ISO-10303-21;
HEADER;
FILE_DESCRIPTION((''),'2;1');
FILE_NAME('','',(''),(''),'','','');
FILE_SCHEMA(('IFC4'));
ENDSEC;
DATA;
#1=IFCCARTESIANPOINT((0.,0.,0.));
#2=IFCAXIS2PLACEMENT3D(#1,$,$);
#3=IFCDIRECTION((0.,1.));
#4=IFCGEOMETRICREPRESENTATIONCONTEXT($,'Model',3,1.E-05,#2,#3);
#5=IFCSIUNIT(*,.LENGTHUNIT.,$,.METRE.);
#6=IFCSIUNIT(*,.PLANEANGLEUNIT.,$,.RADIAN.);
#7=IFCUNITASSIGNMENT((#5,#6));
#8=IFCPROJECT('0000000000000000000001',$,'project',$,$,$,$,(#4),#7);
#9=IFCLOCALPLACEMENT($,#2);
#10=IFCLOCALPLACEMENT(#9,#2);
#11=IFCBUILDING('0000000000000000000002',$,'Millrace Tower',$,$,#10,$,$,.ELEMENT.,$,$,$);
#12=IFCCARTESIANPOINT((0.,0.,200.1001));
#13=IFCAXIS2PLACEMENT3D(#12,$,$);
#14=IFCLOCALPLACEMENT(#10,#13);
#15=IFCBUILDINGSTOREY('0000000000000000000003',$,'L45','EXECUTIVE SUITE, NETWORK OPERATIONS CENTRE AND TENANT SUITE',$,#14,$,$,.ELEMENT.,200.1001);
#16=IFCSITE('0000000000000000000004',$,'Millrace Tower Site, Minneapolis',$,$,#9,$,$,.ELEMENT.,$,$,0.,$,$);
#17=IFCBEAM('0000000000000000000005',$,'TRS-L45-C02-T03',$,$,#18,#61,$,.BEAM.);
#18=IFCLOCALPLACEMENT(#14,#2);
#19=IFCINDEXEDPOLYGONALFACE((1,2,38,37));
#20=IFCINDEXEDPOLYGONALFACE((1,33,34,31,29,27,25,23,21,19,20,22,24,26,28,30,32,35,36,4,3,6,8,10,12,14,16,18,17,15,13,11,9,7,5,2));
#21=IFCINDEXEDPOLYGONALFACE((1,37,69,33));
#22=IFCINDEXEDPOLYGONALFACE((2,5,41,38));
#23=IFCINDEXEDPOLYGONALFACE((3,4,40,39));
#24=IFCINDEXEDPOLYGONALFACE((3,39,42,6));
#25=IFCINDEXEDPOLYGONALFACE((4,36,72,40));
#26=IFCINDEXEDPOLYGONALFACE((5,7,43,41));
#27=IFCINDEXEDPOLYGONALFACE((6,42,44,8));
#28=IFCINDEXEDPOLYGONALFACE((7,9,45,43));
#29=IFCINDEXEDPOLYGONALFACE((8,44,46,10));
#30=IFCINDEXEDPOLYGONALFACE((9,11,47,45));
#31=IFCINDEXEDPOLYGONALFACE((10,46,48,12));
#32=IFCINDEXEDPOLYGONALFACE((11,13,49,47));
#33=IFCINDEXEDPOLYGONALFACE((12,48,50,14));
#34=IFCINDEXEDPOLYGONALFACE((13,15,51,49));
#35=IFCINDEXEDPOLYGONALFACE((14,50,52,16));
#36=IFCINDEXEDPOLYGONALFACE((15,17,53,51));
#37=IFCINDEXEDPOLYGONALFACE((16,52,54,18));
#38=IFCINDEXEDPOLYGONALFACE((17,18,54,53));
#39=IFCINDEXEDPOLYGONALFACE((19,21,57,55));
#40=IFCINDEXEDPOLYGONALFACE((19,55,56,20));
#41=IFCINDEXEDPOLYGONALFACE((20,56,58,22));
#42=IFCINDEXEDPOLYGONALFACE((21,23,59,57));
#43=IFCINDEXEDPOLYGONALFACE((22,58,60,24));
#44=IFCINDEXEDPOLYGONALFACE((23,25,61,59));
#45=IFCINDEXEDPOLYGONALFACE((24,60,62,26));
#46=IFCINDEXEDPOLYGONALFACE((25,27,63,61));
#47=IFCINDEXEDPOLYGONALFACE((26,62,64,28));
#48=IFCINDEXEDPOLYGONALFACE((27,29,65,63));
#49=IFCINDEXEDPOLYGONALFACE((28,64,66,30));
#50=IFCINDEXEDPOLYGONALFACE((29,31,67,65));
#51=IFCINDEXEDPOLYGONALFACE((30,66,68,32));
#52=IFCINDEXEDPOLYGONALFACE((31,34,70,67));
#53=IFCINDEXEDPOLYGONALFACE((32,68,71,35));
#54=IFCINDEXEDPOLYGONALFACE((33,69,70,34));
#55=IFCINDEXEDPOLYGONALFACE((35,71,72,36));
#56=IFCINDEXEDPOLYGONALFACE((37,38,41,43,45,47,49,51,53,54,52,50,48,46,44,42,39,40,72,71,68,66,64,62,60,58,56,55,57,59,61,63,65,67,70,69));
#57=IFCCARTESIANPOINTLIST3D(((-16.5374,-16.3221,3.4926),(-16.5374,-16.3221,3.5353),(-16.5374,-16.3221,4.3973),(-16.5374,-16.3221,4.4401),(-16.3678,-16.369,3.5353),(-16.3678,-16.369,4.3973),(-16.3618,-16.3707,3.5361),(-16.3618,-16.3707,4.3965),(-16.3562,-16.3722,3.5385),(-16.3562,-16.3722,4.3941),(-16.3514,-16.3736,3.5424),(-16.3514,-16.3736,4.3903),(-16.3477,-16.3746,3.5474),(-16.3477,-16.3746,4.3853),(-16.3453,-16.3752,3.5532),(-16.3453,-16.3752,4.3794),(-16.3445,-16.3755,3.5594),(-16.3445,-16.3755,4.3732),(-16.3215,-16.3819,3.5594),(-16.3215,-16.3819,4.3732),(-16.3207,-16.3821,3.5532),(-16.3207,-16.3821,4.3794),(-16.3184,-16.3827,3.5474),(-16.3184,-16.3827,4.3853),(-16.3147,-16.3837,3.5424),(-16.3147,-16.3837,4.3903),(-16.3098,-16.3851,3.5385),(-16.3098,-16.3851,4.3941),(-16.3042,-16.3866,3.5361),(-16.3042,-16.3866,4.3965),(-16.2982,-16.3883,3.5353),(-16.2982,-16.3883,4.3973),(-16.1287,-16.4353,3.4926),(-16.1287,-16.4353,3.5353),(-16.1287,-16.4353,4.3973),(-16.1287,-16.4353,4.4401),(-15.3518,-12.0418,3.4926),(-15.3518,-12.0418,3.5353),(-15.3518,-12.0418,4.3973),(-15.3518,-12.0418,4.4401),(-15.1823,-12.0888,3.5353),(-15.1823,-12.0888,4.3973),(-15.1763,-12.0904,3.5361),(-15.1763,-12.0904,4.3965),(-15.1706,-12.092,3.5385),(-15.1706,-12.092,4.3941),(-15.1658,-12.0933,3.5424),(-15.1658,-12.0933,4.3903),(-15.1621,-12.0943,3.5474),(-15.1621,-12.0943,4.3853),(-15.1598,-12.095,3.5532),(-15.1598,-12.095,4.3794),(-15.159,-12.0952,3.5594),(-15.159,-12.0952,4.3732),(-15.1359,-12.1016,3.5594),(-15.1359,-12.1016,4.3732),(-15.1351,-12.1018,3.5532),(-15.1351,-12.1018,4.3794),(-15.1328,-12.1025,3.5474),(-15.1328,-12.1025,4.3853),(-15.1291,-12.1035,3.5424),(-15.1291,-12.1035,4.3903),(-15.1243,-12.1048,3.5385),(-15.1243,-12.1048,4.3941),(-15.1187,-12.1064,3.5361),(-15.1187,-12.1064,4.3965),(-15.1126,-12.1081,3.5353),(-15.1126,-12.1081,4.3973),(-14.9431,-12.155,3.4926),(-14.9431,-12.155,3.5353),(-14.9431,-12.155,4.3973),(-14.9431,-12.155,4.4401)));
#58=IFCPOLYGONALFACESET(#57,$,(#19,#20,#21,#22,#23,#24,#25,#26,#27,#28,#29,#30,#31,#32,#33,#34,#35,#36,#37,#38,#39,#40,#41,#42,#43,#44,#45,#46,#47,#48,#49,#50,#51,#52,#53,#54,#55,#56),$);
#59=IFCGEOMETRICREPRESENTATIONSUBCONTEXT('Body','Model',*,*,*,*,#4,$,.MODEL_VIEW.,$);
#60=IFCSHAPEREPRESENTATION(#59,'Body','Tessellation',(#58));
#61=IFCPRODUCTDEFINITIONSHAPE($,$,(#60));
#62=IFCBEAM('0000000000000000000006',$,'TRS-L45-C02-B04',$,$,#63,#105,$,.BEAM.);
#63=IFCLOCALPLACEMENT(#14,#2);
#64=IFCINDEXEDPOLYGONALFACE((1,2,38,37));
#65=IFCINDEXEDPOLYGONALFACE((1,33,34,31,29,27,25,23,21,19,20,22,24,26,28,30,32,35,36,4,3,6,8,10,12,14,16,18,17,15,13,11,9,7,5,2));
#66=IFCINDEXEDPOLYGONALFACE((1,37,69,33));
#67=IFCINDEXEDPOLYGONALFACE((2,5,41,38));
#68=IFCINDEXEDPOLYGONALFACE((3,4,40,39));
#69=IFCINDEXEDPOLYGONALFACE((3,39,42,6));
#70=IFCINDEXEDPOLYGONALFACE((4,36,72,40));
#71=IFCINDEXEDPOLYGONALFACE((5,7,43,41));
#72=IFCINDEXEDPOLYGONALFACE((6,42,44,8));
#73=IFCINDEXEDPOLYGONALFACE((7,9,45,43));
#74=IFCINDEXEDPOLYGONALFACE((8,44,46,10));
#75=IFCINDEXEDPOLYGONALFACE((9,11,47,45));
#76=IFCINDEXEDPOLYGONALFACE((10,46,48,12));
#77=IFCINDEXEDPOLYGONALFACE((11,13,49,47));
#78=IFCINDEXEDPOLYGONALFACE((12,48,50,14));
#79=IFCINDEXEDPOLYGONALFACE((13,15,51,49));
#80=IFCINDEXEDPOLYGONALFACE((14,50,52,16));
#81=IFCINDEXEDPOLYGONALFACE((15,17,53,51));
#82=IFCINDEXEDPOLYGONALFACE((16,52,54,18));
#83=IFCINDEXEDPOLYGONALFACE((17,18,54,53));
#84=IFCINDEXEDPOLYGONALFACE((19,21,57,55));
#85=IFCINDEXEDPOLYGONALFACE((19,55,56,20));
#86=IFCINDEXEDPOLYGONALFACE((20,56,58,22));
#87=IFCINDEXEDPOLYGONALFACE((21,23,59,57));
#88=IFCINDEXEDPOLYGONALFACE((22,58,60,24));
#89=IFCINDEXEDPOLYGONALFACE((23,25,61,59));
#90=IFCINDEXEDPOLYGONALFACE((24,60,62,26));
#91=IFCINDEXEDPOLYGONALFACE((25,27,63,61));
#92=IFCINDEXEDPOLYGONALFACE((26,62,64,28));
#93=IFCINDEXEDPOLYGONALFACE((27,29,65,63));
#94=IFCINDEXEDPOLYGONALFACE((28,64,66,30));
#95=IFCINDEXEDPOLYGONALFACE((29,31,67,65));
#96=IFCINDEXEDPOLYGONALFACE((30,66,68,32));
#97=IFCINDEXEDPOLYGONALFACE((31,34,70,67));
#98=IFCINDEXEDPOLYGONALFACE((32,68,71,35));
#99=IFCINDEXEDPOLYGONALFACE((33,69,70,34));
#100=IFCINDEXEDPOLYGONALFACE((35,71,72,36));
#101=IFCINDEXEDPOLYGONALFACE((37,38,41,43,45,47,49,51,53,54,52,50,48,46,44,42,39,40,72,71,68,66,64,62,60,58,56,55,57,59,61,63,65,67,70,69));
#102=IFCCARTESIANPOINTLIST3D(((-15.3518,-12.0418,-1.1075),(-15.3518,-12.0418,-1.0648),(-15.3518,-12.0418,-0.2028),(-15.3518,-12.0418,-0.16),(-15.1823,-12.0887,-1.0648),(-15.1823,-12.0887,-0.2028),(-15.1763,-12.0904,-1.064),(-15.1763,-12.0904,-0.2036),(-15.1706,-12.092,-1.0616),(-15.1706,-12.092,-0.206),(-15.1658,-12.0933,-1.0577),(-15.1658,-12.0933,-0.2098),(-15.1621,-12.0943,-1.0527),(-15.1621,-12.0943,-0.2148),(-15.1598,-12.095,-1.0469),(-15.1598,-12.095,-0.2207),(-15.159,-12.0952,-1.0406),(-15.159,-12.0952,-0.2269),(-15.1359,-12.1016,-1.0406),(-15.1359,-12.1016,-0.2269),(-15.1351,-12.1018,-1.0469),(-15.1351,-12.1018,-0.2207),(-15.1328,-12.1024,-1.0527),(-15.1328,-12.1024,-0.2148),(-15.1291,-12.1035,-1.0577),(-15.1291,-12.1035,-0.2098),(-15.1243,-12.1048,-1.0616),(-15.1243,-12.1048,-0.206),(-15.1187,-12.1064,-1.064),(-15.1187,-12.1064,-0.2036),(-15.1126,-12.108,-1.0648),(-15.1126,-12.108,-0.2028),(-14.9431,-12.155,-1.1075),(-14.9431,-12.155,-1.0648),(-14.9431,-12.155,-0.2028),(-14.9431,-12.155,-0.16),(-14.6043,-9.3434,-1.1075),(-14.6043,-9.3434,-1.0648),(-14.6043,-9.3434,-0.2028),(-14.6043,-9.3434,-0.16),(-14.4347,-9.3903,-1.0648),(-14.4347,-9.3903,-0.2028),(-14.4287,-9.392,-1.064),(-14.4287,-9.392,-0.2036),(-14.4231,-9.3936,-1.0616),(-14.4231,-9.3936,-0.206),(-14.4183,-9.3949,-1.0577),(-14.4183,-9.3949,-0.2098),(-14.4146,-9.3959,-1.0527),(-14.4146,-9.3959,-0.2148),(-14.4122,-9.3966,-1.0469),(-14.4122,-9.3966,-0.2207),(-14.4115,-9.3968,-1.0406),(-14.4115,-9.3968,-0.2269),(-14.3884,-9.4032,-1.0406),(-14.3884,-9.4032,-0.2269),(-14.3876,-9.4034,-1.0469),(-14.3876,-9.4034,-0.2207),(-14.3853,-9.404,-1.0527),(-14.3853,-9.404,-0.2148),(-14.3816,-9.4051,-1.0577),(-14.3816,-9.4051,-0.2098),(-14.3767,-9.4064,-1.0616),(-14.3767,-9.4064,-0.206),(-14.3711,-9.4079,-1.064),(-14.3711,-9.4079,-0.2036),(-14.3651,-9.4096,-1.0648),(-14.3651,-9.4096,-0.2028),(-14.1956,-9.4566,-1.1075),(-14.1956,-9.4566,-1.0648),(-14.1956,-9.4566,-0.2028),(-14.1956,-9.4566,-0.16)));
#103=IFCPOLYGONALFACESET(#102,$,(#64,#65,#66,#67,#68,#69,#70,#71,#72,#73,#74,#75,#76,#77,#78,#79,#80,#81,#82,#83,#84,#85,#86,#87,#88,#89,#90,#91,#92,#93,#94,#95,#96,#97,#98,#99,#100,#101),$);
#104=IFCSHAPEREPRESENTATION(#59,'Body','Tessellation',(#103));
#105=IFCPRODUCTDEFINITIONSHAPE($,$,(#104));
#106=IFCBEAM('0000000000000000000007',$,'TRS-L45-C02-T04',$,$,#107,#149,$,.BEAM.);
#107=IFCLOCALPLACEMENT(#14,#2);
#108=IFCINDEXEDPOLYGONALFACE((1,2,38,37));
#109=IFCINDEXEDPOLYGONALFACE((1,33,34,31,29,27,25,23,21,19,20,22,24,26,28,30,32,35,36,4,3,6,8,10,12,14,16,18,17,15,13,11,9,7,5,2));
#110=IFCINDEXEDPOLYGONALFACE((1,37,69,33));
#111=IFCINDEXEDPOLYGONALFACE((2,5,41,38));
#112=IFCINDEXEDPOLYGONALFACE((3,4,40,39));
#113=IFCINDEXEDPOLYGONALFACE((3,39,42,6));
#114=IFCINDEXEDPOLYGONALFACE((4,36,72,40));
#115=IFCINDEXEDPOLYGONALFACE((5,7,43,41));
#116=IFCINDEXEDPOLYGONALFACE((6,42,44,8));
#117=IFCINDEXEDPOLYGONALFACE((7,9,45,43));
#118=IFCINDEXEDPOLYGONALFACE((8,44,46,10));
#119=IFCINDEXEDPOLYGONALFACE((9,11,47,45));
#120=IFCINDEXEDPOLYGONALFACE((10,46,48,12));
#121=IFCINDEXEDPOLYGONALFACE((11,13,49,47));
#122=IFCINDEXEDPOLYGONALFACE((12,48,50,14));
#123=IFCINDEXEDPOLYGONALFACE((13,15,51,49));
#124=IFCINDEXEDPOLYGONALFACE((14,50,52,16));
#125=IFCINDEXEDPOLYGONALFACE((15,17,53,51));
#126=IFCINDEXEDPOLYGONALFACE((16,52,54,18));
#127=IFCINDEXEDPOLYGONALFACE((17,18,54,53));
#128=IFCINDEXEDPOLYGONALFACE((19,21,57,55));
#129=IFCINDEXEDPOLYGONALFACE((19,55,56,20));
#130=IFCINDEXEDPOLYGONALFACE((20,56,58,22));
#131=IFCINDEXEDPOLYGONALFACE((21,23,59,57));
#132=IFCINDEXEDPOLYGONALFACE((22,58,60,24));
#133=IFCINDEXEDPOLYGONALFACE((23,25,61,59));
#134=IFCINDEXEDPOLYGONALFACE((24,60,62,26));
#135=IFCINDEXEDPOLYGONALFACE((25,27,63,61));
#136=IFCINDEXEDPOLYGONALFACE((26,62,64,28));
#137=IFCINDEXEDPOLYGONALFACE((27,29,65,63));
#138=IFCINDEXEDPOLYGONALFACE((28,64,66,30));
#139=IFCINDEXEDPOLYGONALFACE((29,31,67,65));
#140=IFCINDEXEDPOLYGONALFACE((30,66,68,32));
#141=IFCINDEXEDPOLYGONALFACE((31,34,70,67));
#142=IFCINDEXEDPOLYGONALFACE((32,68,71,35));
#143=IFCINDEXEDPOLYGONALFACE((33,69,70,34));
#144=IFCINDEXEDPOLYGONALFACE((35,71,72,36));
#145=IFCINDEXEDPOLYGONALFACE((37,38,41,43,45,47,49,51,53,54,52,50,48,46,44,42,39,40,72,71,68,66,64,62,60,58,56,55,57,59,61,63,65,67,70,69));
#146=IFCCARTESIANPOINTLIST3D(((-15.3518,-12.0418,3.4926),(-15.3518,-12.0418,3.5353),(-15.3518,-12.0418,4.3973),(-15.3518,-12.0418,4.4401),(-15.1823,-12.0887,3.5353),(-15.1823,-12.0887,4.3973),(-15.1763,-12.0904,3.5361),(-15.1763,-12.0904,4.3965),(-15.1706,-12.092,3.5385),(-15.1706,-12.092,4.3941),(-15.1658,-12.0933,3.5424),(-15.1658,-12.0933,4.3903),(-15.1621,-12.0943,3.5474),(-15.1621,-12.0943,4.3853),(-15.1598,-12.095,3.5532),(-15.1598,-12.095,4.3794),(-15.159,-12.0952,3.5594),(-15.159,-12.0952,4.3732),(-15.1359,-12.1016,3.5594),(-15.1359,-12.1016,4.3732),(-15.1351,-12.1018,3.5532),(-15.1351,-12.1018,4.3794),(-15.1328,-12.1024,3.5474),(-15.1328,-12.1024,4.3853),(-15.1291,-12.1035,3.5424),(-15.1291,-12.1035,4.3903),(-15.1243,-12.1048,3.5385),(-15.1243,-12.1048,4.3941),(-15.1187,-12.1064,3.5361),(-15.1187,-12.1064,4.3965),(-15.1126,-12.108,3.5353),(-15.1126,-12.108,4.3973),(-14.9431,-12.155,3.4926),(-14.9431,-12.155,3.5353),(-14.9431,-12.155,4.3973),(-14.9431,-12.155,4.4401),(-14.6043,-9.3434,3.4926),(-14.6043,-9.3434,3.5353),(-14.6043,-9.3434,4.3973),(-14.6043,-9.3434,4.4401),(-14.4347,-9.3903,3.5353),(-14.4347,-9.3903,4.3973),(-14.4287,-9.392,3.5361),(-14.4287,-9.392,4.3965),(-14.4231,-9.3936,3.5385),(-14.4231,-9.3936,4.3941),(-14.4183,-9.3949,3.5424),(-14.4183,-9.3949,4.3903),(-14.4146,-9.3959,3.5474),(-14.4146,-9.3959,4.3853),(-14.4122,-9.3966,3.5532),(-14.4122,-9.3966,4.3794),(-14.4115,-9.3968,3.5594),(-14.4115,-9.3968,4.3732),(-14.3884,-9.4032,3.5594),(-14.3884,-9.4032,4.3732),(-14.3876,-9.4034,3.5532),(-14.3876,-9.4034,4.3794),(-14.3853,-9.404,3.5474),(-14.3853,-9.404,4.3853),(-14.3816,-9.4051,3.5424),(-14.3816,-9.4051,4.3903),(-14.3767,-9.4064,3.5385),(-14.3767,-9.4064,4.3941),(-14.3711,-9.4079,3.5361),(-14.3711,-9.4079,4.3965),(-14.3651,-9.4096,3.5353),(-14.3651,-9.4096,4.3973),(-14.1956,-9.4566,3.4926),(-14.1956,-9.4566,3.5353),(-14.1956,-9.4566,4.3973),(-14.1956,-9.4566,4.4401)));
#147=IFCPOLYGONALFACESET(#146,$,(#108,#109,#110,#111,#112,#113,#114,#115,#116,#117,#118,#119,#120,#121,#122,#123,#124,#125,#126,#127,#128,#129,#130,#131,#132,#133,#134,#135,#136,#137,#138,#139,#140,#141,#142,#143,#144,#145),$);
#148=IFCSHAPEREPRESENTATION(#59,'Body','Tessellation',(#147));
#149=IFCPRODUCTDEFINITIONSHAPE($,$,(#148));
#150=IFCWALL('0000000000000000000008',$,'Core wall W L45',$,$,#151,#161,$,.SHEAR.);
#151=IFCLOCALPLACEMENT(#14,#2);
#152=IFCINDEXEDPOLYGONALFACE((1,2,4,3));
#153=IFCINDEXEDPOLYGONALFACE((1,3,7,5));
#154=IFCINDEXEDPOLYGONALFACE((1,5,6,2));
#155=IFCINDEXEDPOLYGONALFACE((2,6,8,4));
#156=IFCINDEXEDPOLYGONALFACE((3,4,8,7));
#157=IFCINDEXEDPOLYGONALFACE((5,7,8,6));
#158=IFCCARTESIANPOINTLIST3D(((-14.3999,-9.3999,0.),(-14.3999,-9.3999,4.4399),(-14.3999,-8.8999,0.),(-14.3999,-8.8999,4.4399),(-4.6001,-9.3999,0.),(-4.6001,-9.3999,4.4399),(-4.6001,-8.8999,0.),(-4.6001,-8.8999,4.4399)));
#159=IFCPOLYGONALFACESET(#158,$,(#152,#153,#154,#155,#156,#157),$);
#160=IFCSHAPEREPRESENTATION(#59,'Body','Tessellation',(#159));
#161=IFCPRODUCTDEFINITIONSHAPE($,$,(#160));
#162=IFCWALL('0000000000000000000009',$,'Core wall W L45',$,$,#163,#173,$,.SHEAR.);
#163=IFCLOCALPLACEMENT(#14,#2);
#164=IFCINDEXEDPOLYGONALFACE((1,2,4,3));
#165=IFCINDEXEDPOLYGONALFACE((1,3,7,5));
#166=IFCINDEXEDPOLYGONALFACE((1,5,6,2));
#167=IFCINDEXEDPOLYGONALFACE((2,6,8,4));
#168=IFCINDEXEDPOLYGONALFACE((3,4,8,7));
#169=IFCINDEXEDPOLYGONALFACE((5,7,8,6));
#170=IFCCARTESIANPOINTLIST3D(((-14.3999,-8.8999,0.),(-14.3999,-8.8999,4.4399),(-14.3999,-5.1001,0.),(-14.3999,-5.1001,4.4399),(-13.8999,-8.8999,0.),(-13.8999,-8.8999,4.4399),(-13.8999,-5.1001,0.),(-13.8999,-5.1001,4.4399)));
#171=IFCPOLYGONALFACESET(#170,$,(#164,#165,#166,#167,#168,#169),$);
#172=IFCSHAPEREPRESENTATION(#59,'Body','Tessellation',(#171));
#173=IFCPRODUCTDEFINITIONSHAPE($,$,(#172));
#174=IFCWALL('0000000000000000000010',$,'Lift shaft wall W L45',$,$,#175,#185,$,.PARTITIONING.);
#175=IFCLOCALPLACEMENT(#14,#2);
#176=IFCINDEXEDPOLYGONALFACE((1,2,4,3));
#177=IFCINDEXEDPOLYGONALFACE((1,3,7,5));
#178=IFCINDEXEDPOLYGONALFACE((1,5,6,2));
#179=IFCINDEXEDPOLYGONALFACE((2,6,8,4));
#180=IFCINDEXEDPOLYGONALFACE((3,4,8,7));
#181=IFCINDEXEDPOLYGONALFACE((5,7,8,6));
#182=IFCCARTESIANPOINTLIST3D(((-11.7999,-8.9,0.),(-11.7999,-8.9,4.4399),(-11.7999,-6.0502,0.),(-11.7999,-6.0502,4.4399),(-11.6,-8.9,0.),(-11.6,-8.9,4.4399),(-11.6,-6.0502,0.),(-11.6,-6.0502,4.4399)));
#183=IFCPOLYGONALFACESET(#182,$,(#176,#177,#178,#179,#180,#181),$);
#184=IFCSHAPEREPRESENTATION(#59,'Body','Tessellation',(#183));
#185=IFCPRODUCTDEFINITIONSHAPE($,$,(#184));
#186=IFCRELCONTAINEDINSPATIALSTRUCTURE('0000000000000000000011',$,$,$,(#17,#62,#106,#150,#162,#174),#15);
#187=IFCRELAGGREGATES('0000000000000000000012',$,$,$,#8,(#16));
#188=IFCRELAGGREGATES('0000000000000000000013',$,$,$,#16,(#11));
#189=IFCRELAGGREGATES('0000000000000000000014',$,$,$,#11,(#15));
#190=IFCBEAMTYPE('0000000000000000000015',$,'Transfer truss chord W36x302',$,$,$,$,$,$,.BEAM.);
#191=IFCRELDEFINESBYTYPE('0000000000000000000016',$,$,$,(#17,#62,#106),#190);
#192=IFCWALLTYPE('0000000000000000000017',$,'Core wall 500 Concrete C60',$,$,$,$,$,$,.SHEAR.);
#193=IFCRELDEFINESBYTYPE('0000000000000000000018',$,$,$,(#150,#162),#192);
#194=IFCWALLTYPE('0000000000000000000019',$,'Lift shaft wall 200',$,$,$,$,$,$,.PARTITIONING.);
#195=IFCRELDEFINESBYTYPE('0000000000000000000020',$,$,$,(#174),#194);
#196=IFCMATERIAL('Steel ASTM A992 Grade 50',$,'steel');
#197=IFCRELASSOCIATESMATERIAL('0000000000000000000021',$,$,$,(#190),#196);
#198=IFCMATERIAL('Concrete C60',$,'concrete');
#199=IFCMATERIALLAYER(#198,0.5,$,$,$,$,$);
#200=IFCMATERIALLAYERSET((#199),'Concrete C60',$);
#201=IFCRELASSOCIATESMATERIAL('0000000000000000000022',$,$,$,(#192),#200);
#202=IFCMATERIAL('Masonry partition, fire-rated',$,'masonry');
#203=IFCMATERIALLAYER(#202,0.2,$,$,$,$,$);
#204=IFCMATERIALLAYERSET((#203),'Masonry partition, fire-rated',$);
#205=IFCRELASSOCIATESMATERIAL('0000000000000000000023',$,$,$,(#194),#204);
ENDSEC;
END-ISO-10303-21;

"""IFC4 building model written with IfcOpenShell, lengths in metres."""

from ifc_helpers import new_model, si_unit, direction, frame, frame_2d, origin, origin_2d, place, context, subcontext, project, spatial, rectangle, i_section, extrude, material, layer, layer_set, material_profile, profile_set, type_object, element, save


model = new_model("IFC4")

# Units and contexts
model_context = context("Model", 3, precision=1e-05, world=origin(), true_north=direction((0.0, 1.0)))
body_context = subcontext(model_context, "Body", "Model", "MODEL_VIEW")
ifc_project = project(units=[si_unit("LENGTHUNIT", "METRE"), si_unit("PLANEANGLEUNIT", "RADIAN")], contexts=[model_context])

# Site, building, storey
site_placement = place(None, origin())
site = spatial("IfcSite", under=ifc_project, at=site_placement, Name="Millrace Tower Site, Minneapolis", CompositionType="ELEMENT", RefElevation=0.0)
building_placement = place(site_placement, origin())
building = spatial("IfcBuilding", under=site, at=building_placement, Name="Millrace Tower", CompositionType="ELEMENT")
storey_placement = place(building_placement, frame((0.0, 0.0, 200.1001)))
storey = spatial("IfcBuildingStorey", under=building, at=storey_placement, Name="L45", Description="EXECUTIVE SUITE, NETWORK OPERATIONS CENTRE AND TENANT SUITE", CompositionType="ELEMENT", Elevation=200.1001)

# Beams
ifc_material_1 = material(Name="Steel ASTM A992 Grade 50", Category="steel")
ifc_material_profile_1 = material_profile(ifc_material_1, i_section(OverallWidth=0.4241, OverallDepth=0.9475, WebThickness=0.0239, FlangeThickness=0.0427, FilletRadius=0.0242, at=origin_2d()))
ifc_profile_set_1 = profile_set([ifc_material_profile_1], Name="Steel ASTM A992 Grade 50")
beam_type = type_object("IfcBeamType", Name="Transfer truss chord W36x302", PredefinedType="BEAM", material=ifc_profile_set_1)
for number, where, z_axis, x_axis, name in (
    (1, (-16.333, -16.3787, 3.9663), (0.266929, 0.963716, 0.0), (-0.963716, 0.266929, 0.0), "TRS-L45-C02-T03"),
):
    element("IfcBeam", number, at=place(storey_placement, frame(where, z_axis=z_axis, x_axis=x_axis)), inside=storey, type_object=beam_type, Name=name, PredefinedType="BEAM", context=body_context, shape_type="SweptSolid", body=[
        extrude(i_section(OverallWidth=0.4241, OverallDepth=0.9475, WebThickness=0.0239, FlangeThickness=0.0427, FilletRadius=0.0242, at=origin_2d()), origin(), (0.0, 0.0, 1.0), 4.4414),
    ])
for number, where, z_axis, x_axis, name in (
    (2, (-15.1475, -12.0984, -0.6338), (0.266974, 0.963704, 0.0), (-0.963704, 0.266974, 0.0), "TRS-L45-C02-B04"),
    (3, (-15.1475, -12.0984, 3.9663), (0.266974, 0.963704, 0.0), (-0.963704, 0.266974, 0.0), "TRS-L45-C02-T04"),
):
    element("IfcBeam", number, at=place(storey_placement, frame(where, z_axis=z_axis, x_axis=x_axis)), inside=storey, type_object=beam_type, Name=name, PredefinedType="BEAM", context=body_context, shape_type="SweptSolid", body=[
        extrude(i_section(OverallWidth=0.4241, OverallDepth=0.9475, WebThickness=0.0239, FlangeThickness=0.0427, FilletRadius=0.0242, at=origin_2d()), origin(), (0.0, 0.0, 1.0), 2.8),
    ])

# Walls
ifc_material_2 = material(Name="Concrete C60", Category="concrete")
ifc_layer_1 = layer(ifc_material_2, 0.5)
ifc_layer_set_1 = layer_set([ifc_layer_1], Name="Concrete C60")
wall_type_1 = type_object("IfcWallType", Name="Core wall 500 Concrete C60", PredefinedType="SHEAR", material=ifc_layer_set_1)
wall_1_placement = place(storey_placement, frame((-14.3999, -9.1499, 0.0), z_axis=(0.0, 0.0, 1.0), x_axis=(1.0, 0.0, 0.0)))
element("IfcWall", 4, at=wall_1_placement, inside=storey, type_object=wall_type_1, Name="Core wall W L45", PredefinedType="SHEAR", context=body_context, shape_type="SweptSolid", body=[
    extrude(rectangle(XDim=9.7998, YDim=0.5, at=frame_2d((4.8999, 0.0))), origin(), (0.0, 0.0, 1.0), 4.4399),
])
wall_2_placement = place(storey_placement, frame((-14.1499, -8.8999, 0.0), z_axis=(0.0, 0.0, 1.0), x_axis=(0.0, 1.0, 0.0)))
element("IfcWall", 5, at=wall_2_placement, inside=storey, type_object=wall_type_1, Name="Core wall W L45", PredefinedType="SHEAR", context=body_context, shape_type="SweptSolid", body=[
    extrude(rectangle(XDim=3.7998, YDim=0.5, at=frame_2d((1.8999, 0.0))), origin(), (0.0, 0.0, 1.0), 4.4399),
])
ifc_material_3 = material(Name="Masonry partition, fire-rated", Category="masonry")
ifc_layer_2 = layer(ifc_material_3, 0.2)
ifc_layer_set_2 = layer_set([ifc_layer_2], Name="Masonry partition, fire-rated")
wall_type_2 = type_object("IfcWallType", Name="Lift shaft wall 200", PredefinedType="PARTITIONING", material=ifc_layer_set_2)
wall_3_placement = place(storey_placement, frame((-11.7, -8.8999, 0.0), z_axis=(0.0, 0.0, 1.0), x_axis=(0.0, 1.0, 0.0)))
element("IfcWall", 6, at=wall_3_placement, inside=storey, type_object=wall_type_2, Name="Lift shaft wall W L45", PredefinedType="PARTITIONING", context=body_context, shape_type="SweptSolid", body=[
    extrude(rectangle(XDim=2.8499, YDim=0.2, at=frame_2d((1.4248, 0.0))), origin(), (0.0, 0.0, 1.0), 4.4399),
])

save(model, "model.ifc")
